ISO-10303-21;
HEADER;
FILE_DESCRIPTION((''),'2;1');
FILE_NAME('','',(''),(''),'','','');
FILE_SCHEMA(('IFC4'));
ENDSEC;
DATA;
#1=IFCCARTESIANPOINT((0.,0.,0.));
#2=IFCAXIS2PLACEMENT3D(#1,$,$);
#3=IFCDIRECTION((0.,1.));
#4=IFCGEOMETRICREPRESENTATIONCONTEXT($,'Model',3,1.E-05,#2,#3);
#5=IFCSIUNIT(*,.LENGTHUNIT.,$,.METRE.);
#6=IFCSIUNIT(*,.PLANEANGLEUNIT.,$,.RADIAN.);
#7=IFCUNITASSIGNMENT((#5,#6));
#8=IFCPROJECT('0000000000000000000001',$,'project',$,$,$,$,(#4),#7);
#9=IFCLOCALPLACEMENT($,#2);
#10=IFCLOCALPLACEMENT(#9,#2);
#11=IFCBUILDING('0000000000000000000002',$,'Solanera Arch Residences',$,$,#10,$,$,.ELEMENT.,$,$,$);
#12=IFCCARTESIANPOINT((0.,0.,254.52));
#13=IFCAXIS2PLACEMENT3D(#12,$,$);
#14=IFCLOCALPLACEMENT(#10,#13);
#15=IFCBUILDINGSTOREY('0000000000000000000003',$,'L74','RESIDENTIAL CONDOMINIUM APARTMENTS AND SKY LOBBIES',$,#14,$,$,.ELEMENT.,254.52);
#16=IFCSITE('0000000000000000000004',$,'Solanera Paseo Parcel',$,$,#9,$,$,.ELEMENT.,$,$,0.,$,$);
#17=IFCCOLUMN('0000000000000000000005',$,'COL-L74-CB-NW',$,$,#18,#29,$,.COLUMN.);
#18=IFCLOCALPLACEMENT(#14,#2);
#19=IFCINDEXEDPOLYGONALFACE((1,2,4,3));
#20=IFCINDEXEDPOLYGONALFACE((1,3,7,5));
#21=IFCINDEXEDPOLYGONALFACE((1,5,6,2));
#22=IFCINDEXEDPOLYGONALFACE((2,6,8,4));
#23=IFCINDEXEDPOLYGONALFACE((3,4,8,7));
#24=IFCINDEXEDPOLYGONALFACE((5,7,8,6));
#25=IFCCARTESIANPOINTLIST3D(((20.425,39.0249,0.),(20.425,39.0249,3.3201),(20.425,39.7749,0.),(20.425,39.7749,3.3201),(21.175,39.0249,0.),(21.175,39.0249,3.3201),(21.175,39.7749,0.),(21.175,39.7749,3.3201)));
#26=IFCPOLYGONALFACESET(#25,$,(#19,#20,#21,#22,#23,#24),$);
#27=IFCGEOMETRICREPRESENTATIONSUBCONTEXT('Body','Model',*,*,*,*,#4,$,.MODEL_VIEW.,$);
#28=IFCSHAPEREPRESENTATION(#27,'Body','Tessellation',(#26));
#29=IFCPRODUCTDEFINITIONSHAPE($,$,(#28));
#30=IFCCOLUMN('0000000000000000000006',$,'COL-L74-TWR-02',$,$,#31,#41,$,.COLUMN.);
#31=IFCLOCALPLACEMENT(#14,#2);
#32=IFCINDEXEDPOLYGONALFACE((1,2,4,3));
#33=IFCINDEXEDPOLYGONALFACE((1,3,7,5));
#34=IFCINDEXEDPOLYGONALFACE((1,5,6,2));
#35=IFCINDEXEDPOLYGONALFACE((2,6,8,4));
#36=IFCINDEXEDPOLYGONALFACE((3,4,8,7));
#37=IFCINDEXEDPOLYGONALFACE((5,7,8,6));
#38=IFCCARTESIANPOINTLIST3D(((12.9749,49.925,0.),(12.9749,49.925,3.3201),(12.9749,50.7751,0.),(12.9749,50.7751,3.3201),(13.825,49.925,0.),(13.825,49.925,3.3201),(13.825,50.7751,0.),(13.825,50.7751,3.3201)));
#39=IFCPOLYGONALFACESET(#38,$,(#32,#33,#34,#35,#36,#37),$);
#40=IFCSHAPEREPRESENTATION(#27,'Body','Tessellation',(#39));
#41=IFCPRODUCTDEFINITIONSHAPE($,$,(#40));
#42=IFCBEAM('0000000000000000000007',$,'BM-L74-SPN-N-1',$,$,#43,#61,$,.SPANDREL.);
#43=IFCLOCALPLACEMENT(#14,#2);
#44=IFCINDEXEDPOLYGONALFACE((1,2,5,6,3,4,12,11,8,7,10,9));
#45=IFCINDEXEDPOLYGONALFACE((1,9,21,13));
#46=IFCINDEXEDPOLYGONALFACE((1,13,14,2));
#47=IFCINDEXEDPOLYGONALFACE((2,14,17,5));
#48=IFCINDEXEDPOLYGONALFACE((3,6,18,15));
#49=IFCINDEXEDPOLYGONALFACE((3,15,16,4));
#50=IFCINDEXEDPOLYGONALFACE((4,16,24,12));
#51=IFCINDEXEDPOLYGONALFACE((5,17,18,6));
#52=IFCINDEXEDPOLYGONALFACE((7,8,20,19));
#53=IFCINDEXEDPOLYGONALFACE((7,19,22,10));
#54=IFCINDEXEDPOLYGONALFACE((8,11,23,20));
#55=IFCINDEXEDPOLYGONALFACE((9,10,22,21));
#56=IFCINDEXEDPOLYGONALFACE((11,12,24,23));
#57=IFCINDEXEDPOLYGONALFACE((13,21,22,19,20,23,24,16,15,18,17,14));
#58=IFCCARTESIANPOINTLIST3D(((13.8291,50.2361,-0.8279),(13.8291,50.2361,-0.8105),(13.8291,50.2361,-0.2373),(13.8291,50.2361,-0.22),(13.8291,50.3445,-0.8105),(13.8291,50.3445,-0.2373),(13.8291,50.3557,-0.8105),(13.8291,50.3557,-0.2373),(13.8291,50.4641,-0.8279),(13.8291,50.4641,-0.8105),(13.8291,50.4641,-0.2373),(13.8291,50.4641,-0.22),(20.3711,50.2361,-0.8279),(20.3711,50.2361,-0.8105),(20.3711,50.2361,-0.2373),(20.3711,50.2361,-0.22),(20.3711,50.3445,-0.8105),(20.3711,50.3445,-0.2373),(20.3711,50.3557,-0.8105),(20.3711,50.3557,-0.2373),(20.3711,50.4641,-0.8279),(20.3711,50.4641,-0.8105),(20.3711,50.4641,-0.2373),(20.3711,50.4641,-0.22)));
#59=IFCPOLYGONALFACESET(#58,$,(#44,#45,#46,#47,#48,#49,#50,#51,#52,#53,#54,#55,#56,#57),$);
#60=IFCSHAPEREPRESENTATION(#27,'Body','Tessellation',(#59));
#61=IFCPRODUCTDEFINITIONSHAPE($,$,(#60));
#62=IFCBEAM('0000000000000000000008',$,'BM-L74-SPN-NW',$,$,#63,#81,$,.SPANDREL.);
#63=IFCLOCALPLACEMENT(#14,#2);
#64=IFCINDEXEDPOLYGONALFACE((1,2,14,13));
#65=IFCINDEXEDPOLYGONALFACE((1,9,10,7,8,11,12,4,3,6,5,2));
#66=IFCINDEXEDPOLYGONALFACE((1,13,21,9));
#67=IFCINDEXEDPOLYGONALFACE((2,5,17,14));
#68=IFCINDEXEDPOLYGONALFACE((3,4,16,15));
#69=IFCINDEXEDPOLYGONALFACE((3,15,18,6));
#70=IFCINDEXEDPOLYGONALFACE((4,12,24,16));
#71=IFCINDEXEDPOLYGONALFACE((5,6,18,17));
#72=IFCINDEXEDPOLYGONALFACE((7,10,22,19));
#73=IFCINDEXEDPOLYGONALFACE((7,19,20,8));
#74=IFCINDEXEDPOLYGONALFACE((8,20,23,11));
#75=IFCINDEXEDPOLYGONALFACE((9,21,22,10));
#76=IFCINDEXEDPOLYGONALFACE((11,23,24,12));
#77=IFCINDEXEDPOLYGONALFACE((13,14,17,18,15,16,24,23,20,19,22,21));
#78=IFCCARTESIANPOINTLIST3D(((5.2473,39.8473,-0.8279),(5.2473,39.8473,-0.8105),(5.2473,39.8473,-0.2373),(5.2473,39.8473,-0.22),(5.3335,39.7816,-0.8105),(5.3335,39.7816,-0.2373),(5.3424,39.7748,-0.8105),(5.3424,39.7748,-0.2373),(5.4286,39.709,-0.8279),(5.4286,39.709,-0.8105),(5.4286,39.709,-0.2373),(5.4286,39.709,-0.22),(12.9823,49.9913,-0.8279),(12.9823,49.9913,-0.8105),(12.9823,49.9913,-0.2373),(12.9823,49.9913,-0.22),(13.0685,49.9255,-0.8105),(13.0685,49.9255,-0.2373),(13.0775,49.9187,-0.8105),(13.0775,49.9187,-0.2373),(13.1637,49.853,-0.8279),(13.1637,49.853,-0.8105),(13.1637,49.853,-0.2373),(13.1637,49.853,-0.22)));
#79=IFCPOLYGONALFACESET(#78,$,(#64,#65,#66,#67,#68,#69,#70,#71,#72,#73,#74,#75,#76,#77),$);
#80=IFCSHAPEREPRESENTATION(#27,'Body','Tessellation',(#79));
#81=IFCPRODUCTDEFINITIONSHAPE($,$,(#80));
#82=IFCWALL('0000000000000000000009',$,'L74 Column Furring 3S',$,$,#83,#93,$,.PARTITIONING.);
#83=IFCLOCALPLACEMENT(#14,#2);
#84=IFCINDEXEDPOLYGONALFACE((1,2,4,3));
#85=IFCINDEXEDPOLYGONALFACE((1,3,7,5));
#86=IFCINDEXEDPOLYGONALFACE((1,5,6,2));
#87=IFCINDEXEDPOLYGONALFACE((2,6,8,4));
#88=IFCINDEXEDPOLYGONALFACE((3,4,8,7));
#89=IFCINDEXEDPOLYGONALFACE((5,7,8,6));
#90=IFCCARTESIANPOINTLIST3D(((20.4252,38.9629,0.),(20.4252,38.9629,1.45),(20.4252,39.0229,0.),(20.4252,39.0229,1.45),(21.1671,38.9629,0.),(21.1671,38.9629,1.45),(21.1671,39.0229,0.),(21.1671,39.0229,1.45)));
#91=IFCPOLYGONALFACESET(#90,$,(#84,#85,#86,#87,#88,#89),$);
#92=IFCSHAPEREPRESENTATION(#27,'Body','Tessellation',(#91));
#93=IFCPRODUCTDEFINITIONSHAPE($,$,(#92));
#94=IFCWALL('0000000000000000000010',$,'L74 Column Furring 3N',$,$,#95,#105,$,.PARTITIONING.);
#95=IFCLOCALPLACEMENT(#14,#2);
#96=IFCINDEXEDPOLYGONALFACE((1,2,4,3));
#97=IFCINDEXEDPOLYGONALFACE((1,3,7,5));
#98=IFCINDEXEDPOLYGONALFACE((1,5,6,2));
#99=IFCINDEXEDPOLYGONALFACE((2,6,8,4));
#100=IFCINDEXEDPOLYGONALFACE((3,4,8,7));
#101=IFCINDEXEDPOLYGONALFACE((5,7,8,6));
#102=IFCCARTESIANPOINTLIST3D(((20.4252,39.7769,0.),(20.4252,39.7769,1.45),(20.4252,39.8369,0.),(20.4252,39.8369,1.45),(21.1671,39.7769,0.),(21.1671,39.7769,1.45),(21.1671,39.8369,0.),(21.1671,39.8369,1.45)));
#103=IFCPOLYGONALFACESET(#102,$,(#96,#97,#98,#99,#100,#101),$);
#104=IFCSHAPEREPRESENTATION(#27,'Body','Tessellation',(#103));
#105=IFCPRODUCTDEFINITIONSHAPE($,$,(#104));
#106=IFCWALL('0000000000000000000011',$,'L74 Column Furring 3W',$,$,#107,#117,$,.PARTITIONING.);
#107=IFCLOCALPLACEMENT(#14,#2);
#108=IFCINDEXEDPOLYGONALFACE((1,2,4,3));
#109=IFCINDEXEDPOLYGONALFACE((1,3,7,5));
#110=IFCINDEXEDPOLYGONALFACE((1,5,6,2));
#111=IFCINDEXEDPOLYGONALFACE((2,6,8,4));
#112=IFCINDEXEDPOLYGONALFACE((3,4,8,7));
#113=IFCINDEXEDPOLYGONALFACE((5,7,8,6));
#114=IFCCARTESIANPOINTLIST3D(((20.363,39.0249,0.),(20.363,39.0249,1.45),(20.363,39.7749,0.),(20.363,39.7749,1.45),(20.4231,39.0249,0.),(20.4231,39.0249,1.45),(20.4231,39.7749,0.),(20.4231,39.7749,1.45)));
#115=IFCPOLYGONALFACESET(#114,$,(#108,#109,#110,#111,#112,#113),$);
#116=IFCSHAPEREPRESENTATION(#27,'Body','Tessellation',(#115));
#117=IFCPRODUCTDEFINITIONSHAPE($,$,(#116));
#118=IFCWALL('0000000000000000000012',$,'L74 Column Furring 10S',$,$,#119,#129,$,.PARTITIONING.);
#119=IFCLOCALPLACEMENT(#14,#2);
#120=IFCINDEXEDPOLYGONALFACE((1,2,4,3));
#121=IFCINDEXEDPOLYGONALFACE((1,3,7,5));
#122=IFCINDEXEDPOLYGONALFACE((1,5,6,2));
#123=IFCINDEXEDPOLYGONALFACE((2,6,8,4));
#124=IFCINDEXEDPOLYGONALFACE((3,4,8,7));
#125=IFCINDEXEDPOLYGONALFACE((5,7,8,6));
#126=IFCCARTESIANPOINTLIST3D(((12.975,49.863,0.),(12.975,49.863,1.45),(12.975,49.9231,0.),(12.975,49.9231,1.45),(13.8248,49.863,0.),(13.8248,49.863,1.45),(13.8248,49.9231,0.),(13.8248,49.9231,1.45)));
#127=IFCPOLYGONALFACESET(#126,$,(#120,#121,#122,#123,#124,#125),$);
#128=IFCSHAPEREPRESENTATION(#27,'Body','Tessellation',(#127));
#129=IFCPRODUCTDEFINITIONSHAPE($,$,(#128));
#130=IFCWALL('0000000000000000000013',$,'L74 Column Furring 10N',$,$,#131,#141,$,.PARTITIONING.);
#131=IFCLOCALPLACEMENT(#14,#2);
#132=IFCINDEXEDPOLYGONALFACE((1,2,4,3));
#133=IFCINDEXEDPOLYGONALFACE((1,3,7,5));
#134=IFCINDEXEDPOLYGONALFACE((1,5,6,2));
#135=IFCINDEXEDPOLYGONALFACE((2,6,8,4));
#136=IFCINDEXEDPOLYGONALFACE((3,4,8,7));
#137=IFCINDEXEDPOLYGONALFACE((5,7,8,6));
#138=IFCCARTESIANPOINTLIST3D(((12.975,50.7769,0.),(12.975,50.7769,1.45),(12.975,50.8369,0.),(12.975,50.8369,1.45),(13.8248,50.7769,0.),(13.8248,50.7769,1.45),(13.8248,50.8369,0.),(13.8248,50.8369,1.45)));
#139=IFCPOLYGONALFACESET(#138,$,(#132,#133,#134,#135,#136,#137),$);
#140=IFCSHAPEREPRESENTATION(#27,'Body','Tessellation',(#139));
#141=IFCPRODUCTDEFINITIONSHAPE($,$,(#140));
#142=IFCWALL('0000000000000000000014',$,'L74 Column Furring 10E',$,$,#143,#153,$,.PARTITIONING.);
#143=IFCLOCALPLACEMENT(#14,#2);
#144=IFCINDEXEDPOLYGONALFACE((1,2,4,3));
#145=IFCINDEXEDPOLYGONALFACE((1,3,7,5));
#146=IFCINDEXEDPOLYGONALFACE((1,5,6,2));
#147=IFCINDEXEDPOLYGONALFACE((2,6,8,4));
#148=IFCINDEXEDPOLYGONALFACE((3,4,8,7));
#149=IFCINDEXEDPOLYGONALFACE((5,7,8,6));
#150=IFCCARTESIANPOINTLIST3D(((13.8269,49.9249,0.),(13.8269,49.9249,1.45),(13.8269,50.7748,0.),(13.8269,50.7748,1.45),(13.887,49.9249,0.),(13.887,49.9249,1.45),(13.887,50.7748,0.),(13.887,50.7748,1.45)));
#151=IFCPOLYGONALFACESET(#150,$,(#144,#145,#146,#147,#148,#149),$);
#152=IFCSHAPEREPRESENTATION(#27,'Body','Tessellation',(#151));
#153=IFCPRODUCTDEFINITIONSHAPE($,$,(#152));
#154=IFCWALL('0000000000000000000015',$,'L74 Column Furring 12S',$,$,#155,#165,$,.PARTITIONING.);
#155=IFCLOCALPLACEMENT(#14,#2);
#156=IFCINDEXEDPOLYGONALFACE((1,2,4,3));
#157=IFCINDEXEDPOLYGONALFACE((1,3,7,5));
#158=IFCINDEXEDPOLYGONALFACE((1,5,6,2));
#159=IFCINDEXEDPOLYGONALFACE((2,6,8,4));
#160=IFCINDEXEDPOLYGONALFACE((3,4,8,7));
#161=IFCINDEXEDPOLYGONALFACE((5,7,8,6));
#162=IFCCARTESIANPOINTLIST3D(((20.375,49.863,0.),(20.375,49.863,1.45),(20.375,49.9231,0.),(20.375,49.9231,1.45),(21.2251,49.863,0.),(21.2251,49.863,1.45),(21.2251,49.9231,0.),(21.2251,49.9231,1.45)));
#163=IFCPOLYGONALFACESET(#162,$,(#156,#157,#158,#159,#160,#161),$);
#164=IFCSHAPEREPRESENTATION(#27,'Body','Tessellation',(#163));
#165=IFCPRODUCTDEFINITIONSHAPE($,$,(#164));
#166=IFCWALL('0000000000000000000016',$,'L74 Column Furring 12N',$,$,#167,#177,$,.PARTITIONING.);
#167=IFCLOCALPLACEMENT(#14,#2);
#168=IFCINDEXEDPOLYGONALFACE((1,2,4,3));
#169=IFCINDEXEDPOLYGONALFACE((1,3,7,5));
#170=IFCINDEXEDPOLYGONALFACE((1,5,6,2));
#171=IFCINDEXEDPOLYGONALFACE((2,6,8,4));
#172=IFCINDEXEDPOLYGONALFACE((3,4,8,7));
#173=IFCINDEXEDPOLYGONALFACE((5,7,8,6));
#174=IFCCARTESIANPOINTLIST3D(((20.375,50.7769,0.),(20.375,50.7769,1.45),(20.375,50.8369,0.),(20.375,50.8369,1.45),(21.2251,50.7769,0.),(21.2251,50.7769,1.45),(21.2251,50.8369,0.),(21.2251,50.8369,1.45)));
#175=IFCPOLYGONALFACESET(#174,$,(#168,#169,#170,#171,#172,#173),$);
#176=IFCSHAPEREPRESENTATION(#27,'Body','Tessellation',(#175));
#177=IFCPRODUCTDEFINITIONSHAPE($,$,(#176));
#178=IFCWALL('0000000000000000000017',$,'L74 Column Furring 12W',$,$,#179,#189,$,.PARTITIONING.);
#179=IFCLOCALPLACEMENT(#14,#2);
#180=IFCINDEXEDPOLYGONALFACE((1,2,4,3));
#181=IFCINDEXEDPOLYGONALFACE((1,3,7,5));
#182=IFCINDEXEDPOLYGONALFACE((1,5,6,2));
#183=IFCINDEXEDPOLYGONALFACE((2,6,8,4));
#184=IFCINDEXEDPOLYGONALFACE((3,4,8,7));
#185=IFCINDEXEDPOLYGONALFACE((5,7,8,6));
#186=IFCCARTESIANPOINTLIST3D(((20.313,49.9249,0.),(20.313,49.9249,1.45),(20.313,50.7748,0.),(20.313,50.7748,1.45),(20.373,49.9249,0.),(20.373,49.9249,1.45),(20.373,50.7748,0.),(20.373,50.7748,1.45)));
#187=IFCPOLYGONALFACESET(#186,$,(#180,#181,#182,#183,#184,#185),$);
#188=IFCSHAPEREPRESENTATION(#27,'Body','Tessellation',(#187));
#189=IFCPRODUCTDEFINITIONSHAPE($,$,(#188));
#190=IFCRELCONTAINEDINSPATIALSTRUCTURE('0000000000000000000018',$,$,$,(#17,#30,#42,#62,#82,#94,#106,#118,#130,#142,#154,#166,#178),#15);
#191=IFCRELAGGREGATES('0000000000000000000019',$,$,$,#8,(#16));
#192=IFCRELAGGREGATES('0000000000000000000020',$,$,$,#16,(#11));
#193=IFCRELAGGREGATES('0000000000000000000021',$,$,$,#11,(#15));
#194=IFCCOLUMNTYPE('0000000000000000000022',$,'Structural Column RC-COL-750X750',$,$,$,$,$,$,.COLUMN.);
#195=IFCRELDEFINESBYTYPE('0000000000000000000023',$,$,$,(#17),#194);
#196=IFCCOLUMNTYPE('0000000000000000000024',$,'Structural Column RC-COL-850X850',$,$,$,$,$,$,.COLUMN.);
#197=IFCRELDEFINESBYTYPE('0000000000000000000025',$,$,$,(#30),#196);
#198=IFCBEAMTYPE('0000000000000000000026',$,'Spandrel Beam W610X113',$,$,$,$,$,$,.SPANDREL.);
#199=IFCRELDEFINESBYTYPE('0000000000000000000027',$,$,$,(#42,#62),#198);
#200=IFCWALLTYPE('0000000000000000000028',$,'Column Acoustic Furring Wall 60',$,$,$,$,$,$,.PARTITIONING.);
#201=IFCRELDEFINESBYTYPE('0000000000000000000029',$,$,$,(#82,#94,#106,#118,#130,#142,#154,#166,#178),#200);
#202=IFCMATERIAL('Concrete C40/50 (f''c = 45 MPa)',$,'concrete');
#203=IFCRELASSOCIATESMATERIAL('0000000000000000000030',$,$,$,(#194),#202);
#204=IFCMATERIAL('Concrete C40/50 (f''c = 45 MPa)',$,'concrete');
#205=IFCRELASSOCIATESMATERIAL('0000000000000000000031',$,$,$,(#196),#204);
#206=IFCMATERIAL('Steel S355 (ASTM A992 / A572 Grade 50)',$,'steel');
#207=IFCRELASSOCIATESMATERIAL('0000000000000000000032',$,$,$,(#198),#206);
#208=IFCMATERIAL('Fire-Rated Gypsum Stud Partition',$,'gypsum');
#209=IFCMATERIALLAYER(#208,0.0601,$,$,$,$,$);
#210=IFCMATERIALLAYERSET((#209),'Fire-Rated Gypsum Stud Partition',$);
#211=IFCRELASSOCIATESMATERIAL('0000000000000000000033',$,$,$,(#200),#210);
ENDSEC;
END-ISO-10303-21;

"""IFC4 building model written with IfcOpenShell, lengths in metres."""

from ifc_helpers import new_model, si_unit, direction, frame, frame_2d, origin, origin_2d, place, context, subcontext, project, spatial, rectangle, i_section, extrude, material, layer, layer_set, material_profile, profile_set, type_object, element, save


model = new_model("IFC4")

# Units and contexts
model_context = context("Model", 3, precision=1e-05, world=origin(), true_north=direction((0.0, 1.0)))
body_context = subcontext(model_context, "Body", "Model", "MODEL_VIEW")
ifc_project = project(units=[si_unit("LENGTHUNIT", "METRE"), si_unit("PLANEANGLEUNIT", "RADIAN")], contexts=[model_context])

# Site, building, storey
site_placement = place(None, origin())
site = spatial("IfcSite", under=ifc_project, at=site_placement, Name="Solanera Paseo Parcel", CompositionType="ELEMENT", RefElevation=0.0)
building_placement = place(site_placement, origin())
building = spatial("IfcBuilding", under=site, at=building_placement, Name="Solanera Arch Residences", CompositionType="ELEMENT")
storey_placement = place(building_placement, frame((0.0, 0.0, 254.52)))
storey = spatial("IfcBuildingStorey", under=building, at=storey_placement, Name="L74", Description="RESIDENTIAL CONDOMINIUM APARTMENTS AND SKY LOBBIES", CompositionType="ELEMENT", Elevation=254.52)

# Columns
ifc_material_1 = material(Name="Concrete C40/50 (f'c = 45 MPa)", Category="concrete")
ifc_material_profile_1 = material_profile(ifc_material_1, rectangle(XDim=0.75, YDim=0.75, at=origin_2d()))
ifc_profile_set_1 = profile_set([ifc_material_profile_1], Name="Concrete C40/50 (f'c = 45 MPa)")
column_type_1 = type_object("IfcColumnType", Name="Structural Column RC-COL-750X750", PredefinedType="COLUMN", material=ifc_profile_set_1)
column_1_placement = place(storey_placement, frame((20.8, 39.3999, 0.0), z_axis=(0.0, 0.0, 1.0), x_axis=(1.0, 0.0, 0.0)))
element("IfcColumn", 1, at=column_1_placement, inside=storey, type_object=column_type_1, Name="COL-L74-CB-NW", PredefinedType="COLUMN", context=body_context, shape_type="SweptSolid", body=[
    extrude(rectangle(XDim=0.75, YDim=0.75, at=origin_2d()), origin(), (0.0, 0.0, 1.0), 3.3201),
])
ifc_material_2 = material(Name="Concrete C40/50 (f'c = 45 MPa)", Category="concrete")
ifc_material_profile_2 = material_profile(ifc_material_2, rectangle(XDim=0.8501, YDim=0.8501, at=origin_2d()))
ifc_profile_set_2 = profile_set([ifc_material_profile_2], Name="Concrete C40/50 (f'c = 45 MPa)")
column_type_2 = type_object("IfcColumnType", Name="Structural Column RC-COL-850X850", PredefinedType="COLUMN", material=ifc_profile_set_2)
column_2_placement = place(storey_placement, frame((13.3999, 50.3501, 0.0), z_axis=(0.0, 0.0, 1.0), x_axis=(1.0, 0.0, 0.0)))
element("IfcColumn", 2, at=column_2_placement, inside=storey, type_object=column_type_2, Name="COL-L74-TWR-02", PredefinedType="COLUMN", context=body_context, shape_type="SweptSolid", body=[
    extrude(rectangle(XDim=0.8501, YDim=0.8501, at=origin_2d()), origin(), (0.0, 0.0, 1.0), 3.3201),
])

# Beams
ifc_material_3 = material(Name="Steel S355 (ASTM A992 / A572 Grade 50)", Category="steel")
ifc_material_profile_3 = material_profile(ifc_material_3, i_section(OverallWidth=0.228, OverallDepth=0.6079, WebThickness=0.0112, FlangeThickness=0.0173, at=origin_2d()))
ifc_profile_set_3 = profile_set([ifc_material_profile_3], Name="Steel S355 (ASTM A992 / A572 Grade 50)")
beam_type = type_object("IfcBeamType", Name="Spandrel Beam W610X113", PredefinedType="SPANDREL", material=ifc_profile_set_3)
beam_1_placement = place(storey_placement, frame((13.8291, 50.3501, -0.5239), z_axis=(1.0, 0.0, 0.0), x_axis=(0.0, 1.0, 0.0)))
element("IfcBeam", 3, at=beam_1_placement, inside=storey, type_object=beam_type, Name="BM-L74-SPN-N-1", PredefinedType="SPANDREL", context=body_context, shape_type="SweptSolid", body=[
    extrude(i_section(OverallWidth=0.228, OverallDepth=0.6079, WebThickness=0.0112, FlangeThickness=0.0173, at=origin_2d()), origin(), (0.0, 0.0, 1.0), 6.542),
])
beam_2_placement = place(storey_placement, frame((13.073, 49.9221, -0.5239), z_axis=(-0.606356, -0.795193, 0.0), x_axis=(0.795193, -0.606356, 0.0)))
element("IfcBeam", 4, at=beam_2_placement, inside=storey, type_object=beam_type, Name="BM-L74-SPN-NW", PredefinedType="SPANDREL", context=body_context, shape_type="SweptSolid", body=[
    extrude(i_section(OverallWidth=0.228, OverallDepth=0.6079, WebThickness=0.0112, FlangeThickness=0.0173, at=origin_2d()), origin(), (0.0, 0.0, 1.0), 12.7566),
])

# Walls
ifc_material_4 = material(Name="Fire-Rated Gypsum Stud Partition", Category="gypsum")
ifc_layer_1 = layer(ifc_material_4, 0.0601)
ifc_layer_set_1 = layer_set([ifc_layer_1], Name="Fire-Rated Gypsum Stud Partition")
wall_type_1 = type_object("IfcWallType", Name="Column Acoustic Furring Wall 60", PredefinedType="PARTITIONING", material=ifc_layer_set_1)
for number, where, z_axis, x_axis, name in (
    (5, (20.425, 38.9929, 0.0), (0.0, 0.0, 1.0), (1.0, 0.0, 0.0), "L74 Column Furring 3S"),
    (6, (20.425, 39.8069, 0.0), (0.0, 0.0, 1.0), (1.0, 0.0, 0.0), "L74 Column Furring 3N"),
):
    element("IfcWall", number, at=place(storey_placement, frame(where, z_axis=z_axis, x_axis=x_axis)), inside=storey, type_object=wall_type_1, Name=name, PredefinedType="PARTITIONING", context=body_context, shape_type="SweptSolid", body=[
        extrude(rectangle(XDim=0.7419, YDim=0.0601, at=frame_2d((0.3711, 0.0))), origin(), (0.0, 0.0, 1.0), 1.45),
    ])
wall_1_placement = place(storey_placement, frame((20.3931, 39.0249, 0.0), z_axis=(0.0, 0.0, 1.0), x_axis=(0.0, 1.0, 0.0)))
element("IfcWall", 7, at=wall_1_placement, inside=storey, type_object=wall_type_1, Name="L74 Column Furring 3W", PredefinedType="PARTITIONING", context=body_context, shape_type="SweptSolid", body=[
    extrude(rectangle(XDim=0.75, YDim=0.0601, at=frame_2d((0.375, 0.0))), origin(), (0.0, 0.0, 1.0), 1.45),
])
for number, where, z_axis, x_axis, name in (
    (8, (12.9751, 49.8931, 0.0), (0.0, 0.0, 1.0), (1.0, 0.0, 0.0), "L74 Column Furring 10S"),
    (9, (12.9751, 50.8069, 0.0), (0.0, 0.0, 1.0), (1.0, 0.0, 0.0), "L74 Column Furring 10N"),
    (10, (13.8569, 49.925, 0.0), (0.0, 0.0, 1.0), (0.0, 1.0, 0.0), "L74 Column Furring 10E"),
):
    element("IfcWall", number, at=place(storey_placement, frame(where, z_axis=z_axis, x_axis=x_axis)), inside=storey, type_object=wall_type_1, Name=name, PredefinedType="PARTITIONING", context=body_context, shape_type="SweptSolid", body=[
        extrude(rectangle(XDim=0.8499, YDim=0.0601, at=frame_2d((0.4248, 0.0))), origin(), (0.0, 0.0, 1.0), 1.45),
    ])
for number, where, z_axis, x_axis, name in (
    (11, (20.375, 49.8931, 0.0), (0.0, 0.0, 1.0), (1.0, 0.0, 0.0), "L74 Column Furring 12S"),
    (12, (20.375, 50.8069, 0.0), (0.0, 0.0, 1.0), (1.0, 0.0, 0.0), "L74 Column Furring 12N"),
):
    element("IfcWall", number, at=place(storey_placement, frame(where, z_axis=z_axis, x_axis=x_axis)), inside=storey, type_object=wall_type_1, Name=name, PredefinedType="PARTITIONING", context=body_context, shape_type="SweptSolid", body=[
        extrude(rectangle(XDim=0.8501, YDim=0.0601, at=frame_2d((0.425, 0.0))), origin(), (0.0, 0.0, 1.0), 1.45),
    ])
wall_2_placement = place(storey_placement, frame((20.343, 49.925, 0.0), z_axis=(0.0, 0.0, 1.0), x_axis=(0.0, 1.0, 0.0)))
element("IfcWall", 13, at=wall_2_placement, inside=storey, type_object=wall_type_1, Name="L74 Column Furring 12W", PredefinedType="PARTITIONING", context=body_context, shape_type="SweptSolid", body=[
    extrude(rectangle(XDim=0.8499, YDim=0.0601, at=frame_2d((0.4248, 0.0))), origin(), (0.0, 0.0, 1.0), 1.45),
])

save(model, "model.ifc")
